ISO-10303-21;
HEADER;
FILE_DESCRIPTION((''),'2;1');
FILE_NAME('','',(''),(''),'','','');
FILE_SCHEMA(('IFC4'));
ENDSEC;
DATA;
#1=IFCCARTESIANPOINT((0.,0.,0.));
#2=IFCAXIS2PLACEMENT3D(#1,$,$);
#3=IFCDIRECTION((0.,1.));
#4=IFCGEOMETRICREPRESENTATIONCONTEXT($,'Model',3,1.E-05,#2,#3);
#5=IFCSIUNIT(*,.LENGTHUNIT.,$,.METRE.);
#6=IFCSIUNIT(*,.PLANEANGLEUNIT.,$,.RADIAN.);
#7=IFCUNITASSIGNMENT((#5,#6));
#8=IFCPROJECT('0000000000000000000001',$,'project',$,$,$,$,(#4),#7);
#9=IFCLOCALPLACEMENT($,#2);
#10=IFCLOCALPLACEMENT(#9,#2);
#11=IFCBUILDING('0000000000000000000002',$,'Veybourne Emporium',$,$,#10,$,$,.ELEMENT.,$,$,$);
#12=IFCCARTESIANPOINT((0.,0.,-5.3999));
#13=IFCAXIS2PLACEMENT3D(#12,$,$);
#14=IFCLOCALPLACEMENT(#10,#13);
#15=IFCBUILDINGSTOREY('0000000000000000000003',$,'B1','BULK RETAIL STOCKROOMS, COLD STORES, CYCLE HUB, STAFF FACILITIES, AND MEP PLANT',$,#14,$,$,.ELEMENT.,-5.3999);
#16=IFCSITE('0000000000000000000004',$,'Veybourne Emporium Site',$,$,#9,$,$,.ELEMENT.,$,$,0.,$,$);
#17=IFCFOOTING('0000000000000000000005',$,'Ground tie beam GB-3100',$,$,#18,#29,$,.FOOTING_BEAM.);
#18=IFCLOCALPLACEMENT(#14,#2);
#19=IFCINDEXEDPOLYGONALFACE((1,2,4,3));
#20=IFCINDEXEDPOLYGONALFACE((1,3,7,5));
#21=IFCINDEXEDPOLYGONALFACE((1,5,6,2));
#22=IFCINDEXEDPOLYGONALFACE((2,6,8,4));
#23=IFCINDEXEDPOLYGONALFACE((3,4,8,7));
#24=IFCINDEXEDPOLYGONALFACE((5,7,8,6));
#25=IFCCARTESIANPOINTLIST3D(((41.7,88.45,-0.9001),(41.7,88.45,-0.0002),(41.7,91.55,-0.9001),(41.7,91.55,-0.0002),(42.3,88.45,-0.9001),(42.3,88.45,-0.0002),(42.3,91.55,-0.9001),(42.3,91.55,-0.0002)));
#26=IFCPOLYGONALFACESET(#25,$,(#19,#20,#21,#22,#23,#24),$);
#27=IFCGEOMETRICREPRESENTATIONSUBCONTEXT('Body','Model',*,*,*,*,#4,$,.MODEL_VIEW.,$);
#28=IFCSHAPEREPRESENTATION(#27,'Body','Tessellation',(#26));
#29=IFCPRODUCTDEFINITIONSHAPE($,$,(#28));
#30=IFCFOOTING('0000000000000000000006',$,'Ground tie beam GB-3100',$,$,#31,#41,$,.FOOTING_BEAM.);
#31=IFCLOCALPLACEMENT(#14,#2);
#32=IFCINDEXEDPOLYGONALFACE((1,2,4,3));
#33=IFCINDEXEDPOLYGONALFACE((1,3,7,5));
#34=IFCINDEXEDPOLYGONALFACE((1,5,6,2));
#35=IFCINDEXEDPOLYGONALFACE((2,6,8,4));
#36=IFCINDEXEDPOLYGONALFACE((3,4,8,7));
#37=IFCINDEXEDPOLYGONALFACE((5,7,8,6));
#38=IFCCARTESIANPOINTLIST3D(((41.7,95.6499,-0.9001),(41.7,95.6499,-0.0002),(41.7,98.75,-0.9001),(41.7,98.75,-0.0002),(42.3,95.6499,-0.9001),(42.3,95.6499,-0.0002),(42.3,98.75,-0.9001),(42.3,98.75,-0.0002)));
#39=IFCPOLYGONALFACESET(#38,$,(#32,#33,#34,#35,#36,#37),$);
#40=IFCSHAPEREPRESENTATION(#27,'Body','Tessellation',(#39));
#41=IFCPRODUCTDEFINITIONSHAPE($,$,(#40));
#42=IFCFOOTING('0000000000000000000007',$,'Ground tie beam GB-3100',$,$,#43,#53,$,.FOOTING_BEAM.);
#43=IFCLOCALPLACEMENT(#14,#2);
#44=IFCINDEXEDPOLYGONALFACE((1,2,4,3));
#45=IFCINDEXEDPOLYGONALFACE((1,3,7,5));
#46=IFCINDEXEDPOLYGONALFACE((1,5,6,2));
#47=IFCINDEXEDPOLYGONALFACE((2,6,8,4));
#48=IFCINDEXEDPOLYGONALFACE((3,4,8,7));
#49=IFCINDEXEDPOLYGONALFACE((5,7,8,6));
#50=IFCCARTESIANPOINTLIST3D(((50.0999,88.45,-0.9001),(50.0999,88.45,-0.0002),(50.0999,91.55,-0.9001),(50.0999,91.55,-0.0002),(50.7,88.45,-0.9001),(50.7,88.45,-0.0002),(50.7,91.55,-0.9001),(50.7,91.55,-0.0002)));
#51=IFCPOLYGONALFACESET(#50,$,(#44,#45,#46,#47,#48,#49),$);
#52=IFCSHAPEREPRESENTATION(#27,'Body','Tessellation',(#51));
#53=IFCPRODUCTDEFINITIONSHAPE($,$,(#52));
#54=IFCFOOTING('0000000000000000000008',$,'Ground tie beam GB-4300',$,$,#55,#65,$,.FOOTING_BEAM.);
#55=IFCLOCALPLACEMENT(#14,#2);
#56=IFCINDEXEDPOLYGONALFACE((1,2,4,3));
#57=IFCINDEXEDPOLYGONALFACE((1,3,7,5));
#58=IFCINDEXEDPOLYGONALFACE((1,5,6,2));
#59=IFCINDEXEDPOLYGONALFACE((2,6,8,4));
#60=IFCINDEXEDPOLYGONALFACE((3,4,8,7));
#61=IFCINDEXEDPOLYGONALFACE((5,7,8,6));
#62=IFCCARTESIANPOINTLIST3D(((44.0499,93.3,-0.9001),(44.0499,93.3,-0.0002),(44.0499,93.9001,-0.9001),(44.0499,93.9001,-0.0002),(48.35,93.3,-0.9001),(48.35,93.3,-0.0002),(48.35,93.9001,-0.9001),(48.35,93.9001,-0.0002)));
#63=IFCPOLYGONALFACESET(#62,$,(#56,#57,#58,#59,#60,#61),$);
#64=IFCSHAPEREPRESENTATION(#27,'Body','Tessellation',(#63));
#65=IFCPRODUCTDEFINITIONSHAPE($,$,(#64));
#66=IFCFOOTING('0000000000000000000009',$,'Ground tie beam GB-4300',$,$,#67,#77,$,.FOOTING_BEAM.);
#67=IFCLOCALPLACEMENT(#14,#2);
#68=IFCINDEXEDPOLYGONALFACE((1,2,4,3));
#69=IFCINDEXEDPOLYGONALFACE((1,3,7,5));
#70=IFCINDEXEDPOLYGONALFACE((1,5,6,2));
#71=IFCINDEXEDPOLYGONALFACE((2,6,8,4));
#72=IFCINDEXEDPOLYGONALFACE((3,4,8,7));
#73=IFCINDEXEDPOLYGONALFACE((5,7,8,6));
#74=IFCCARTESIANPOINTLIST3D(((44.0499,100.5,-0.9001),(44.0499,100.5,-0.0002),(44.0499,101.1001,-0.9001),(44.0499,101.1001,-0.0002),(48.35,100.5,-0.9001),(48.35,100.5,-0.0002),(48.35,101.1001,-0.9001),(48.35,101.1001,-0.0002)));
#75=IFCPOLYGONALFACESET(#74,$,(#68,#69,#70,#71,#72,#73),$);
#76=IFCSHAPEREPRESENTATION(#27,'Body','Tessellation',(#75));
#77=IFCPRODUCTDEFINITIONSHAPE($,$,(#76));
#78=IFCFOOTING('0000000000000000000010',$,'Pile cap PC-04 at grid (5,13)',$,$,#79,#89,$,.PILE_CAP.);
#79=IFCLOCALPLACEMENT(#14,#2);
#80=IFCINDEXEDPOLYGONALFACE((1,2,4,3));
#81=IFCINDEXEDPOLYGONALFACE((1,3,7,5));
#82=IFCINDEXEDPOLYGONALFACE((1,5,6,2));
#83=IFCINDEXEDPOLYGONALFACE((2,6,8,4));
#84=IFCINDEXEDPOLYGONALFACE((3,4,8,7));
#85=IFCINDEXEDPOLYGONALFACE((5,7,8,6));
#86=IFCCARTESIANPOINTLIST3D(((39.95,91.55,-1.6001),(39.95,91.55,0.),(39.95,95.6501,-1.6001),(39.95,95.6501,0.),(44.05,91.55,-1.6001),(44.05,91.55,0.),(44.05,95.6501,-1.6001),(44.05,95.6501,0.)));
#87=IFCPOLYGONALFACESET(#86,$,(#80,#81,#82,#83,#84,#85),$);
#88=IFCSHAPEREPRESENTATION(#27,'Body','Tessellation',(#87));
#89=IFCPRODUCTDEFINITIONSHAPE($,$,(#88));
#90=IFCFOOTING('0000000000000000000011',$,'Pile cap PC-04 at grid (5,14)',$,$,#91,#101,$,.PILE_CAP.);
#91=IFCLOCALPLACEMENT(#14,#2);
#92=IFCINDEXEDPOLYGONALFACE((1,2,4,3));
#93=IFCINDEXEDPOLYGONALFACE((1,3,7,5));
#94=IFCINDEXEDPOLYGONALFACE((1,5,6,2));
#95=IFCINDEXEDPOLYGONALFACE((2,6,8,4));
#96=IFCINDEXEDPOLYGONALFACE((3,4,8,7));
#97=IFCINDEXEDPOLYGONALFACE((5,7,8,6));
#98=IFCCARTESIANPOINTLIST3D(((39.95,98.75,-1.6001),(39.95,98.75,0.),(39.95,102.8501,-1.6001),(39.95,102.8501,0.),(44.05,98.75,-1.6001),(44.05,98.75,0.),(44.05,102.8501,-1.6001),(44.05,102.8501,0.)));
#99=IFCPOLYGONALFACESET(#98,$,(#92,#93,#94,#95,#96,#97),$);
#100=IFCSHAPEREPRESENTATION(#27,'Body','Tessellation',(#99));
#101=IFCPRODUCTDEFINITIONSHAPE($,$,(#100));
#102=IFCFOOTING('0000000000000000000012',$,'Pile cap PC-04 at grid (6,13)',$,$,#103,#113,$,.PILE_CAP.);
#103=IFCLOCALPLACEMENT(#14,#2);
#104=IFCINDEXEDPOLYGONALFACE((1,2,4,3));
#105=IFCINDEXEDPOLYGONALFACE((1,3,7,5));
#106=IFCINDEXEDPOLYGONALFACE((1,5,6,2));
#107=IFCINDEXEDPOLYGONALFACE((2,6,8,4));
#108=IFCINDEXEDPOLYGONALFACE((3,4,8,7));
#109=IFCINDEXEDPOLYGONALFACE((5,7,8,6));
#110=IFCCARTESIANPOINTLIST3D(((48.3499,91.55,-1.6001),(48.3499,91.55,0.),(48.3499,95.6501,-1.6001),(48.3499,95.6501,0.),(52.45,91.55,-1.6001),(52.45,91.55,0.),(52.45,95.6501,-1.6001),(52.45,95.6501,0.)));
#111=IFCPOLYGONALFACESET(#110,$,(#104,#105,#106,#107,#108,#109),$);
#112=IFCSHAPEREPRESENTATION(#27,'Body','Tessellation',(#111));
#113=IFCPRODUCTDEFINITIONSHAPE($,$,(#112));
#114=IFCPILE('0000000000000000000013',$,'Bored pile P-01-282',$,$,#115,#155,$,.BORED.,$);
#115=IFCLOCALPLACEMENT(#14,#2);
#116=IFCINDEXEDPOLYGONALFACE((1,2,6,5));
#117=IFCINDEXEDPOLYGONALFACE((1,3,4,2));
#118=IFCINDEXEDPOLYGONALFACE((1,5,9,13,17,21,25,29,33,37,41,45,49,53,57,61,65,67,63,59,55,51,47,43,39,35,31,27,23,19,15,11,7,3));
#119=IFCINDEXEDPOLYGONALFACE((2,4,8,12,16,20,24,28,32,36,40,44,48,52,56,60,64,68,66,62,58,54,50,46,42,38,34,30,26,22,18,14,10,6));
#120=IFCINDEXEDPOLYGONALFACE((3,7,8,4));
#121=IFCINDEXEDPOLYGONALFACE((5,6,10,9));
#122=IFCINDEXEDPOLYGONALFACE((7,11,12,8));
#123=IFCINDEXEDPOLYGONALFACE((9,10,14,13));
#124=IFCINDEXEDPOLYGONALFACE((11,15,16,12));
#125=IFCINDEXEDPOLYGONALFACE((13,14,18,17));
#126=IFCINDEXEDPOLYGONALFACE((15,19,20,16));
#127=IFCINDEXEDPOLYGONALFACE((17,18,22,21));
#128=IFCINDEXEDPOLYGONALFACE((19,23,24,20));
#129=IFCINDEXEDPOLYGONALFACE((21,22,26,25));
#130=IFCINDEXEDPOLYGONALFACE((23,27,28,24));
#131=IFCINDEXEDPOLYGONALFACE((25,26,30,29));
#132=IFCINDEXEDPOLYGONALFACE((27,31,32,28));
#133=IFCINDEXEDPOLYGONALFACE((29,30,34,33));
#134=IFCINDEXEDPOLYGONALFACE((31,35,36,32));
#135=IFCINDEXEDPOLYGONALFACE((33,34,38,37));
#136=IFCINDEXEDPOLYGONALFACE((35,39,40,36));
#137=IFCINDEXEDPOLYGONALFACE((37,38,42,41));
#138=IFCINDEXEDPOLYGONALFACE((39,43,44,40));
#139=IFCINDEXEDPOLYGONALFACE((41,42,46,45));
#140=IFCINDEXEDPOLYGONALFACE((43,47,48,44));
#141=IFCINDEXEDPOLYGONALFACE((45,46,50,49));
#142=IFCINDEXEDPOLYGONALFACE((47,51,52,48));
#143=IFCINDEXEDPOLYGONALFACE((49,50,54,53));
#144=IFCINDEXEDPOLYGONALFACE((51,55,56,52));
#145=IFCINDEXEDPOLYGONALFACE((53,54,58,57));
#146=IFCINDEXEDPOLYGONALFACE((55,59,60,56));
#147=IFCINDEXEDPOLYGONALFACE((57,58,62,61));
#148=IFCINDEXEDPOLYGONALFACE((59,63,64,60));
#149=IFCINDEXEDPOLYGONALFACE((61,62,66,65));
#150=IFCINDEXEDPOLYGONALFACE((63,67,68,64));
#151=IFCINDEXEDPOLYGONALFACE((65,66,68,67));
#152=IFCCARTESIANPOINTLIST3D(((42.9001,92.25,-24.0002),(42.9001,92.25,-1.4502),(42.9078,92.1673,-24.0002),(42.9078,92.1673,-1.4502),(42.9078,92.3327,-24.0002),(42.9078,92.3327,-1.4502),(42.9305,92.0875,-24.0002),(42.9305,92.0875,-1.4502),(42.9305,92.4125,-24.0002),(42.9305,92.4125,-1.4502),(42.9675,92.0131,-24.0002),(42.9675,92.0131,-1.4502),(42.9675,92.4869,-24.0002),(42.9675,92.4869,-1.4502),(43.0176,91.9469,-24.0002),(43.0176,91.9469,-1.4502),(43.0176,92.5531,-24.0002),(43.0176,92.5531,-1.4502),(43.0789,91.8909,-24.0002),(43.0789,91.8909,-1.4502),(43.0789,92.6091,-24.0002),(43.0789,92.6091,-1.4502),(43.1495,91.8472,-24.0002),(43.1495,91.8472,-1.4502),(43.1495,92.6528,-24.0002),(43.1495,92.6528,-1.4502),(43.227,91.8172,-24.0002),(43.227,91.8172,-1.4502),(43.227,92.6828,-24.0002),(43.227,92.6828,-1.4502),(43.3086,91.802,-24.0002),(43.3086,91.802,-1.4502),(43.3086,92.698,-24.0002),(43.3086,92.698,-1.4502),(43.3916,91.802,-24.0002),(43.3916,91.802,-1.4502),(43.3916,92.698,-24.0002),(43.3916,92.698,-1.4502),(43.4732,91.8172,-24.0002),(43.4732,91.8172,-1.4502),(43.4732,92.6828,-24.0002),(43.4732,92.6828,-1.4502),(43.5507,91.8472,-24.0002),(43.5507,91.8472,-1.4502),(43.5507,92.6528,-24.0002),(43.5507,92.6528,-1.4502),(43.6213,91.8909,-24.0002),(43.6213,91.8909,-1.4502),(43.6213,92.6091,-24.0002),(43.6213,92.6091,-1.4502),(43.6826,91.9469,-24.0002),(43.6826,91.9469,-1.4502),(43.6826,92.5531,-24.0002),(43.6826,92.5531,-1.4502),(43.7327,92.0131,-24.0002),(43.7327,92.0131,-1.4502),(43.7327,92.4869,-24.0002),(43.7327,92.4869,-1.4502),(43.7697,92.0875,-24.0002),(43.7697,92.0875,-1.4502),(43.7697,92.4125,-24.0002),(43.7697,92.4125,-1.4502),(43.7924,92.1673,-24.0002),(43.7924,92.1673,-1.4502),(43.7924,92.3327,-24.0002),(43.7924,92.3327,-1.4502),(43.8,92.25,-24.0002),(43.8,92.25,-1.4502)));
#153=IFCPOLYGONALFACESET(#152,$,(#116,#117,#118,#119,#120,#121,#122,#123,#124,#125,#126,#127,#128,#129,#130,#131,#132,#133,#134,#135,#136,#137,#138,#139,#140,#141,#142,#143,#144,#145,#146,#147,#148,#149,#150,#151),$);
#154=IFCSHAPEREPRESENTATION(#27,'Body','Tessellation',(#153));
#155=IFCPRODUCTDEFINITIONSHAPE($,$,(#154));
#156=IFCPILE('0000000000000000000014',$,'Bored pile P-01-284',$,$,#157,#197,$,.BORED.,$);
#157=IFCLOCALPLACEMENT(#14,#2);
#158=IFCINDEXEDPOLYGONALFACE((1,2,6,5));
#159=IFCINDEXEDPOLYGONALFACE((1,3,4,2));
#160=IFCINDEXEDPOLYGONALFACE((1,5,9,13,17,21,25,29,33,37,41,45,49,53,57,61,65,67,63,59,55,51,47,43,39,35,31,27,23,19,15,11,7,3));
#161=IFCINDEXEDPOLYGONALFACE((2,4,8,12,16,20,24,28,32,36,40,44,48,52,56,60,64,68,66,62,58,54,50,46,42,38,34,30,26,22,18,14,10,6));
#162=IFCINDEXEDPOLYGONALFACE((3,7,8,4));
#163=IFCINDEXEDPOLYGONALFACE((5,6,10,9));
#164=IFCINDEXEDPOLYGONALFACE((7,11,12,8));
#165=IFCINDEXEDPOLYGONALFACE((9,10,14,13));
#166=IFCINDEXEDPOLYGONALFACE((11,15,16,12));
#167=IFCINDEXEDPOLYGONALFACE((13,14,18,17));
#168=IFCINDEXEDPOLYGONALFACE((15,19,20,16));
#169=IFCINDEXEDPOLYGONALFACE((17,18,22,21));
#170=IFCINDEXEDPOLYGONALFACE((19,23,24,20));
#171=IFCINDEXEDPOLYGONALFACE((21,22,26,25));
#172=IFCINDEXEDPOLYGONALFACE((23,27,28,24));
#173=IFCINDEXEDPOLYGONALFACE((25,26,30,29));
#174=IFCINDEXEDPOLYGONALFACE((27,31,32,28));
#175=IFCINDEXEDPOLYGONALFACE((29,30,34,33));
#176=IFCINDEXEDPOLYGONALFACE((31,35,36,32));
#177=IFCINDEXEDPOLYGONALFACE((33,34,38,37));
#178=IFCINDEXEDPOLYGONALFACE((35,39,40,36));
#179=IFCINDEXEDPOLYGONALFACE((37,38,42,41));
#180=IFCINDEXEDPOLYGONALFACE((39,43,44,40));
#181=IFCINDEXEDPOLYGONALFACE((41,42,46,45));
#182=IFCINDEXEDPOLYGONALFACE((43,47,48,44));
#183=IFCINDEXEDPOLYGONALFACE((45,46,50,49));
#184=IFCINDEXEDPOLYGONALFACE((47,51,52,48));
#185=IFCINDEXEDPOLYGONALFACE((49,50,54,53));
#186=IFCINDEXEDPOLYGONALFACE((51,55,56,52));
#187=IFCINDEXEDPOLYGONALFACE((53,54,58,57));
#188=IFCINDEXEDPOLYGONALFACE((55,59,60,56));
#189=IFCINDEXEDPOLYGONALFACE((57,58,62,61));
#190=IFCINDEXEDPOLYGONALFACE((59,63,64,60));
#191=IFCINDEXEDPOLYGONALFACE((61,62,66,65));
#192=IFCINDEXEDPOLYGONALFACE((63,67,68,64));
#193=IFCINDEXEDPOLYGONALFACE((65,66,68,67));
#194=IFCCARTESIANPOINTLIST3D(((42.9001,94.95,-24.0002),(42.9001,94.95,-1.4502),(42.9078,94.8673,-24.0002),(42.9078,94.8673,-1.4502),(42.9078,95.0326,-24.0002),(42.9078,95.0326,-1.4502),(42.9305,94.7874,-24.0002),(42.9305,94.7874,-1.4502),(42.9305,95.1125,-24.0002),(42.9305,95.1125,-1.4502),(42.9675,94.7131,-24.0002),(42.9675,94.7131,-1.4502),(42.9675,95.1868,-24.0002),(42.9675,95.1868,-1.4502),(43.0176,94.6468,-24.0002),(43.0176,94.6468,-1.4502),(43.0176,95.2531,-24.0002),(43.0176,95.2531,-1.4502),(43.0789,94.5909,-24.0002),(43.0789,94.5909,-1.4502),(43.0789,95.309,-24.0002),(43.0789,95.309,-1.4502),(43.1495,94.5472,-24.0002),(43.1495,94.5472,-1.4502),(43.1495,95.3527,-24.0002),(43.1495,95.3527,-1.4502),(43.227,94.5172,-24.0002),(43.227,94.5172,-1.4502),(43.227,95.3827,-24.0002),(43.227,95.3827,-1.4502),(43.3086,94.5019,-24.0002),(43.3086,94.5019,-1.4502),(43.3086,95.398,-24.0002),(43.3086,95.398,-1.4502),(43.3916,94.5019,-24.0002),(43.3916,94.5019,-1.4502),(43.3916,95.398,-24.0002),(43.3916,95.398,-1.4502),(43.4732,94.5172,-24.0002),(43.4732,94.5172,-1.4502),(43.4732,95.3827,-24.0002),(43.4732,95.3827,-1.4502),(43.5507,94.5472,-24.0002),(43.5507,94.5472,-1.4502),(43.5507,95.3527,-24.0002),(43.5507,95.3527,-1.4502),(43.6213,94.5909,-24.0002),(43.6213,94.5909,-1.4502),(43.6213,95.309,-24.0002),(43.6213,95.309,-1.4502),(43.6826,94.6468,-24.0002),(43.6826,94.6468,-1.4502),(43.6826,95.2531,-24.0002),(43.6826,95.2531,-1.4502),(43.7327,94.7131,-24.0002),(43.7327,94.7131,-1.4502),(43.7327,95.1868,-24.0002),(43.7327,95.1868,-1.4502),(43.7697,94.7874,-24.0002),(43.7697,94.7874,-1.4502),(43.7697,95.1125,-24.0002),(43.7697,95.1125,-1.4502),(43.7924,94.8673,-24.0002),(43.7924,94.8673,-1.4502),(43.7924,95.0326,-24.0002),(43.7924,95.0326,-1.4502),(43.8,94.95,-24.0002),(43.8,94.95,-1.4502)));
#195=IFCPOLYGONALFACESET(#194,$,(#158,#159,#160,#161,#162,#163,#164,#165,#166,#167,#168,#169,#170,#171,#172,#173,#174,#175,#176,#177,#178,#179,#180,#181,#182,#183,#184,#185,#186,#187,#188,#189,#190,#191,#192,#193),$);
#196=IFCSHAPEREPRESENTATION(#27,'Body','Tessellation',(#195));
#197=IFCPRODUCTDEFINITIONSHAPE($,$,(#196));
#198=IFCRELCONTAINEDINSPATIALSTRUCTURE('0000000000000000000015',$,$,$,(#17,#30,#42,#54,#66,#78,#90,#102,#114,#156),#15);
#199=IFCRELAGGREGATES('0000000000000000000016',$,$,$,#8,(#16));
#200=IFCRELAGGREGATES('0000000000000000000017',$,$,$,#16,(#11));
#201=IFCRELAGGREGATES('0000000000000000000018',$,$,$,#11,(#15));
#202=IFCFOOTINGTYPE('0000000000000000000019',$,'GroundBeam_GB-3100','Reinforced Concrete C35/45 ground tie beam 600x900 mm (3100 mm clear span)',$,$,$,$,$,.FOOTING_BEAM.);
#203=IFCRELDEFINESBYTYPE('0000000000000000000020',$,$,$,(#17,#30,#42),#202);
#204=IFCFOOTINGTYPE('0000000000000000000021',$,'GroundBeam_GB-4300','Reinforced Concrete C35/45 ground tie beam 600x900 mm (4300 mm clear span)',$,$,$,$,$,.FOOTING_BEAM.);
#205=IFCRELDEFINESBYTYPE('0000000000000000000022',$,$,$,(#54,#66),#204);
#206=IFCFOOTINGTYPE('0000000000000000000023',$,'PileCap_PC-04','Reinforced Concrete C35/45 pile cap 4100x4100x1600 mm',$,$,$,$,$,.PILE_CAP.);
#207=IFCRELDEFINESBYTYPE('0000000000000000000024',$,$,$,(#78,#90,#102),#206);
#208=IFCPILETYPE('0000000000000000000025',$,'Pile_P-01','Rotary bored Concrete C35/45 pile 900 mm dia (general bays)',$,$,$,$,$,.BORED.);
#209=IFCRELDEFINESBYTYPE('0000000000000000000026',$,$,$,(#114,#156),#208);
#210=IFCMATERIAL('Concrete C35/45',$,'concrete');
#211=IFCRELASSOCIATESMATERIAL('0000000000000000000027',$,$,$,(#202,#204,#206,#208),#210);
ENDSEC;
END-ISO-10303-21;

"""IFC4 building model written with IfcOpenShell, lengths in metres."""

from ifc_helpers import new_model, si_unit, direction, frame, origin, origin_2d, place, context, subcontext, project, spatial, rectangle, circle, extrude, material, material_profile, profile_set, type_object, element, save


model = new_model("IFC4")

# Units and contexts
model_context = context("Model", 3, precision=1e-05, world=origin(), true_north=direction((0.0, 1.0)))
body_context = subcontext(model_context, "Body", "Model", "MODEL_VIEW")
ifc_project = project(units=[si_unit("LENGTHUNIT", "METRE"), si_unit("PLANEANGLEUNIT", "RADIAN")], contexts=[model_context])

# Site, building, storey
site_placement = place(None, origin())
site = spatial("IfcSite", under=ifc_project, at=site_placement, Name="Veybourne Emporium Site", CompositionType="ELEMENT", RefElevation=0.0)
building_placement = place(site_placement, origin())
building = spatial("IfcBuilding", under=site, at=building_placement, Name="Veybourne Emporium", CompositionType="ELEMENT")
storey_placement = place(building_placement, frame((0.0, 0.0, -5.3999)))
storey = spatial("IfcBuildingStorey", under=building, at=storey_placement, Name="B1", Description="BULK RETAIL STOCKROOMS, COLD STORES, CYCLE HUB, STAFF FACILITIES, AND MEP PLANT", CompositionType="ELEMENT", Elevation=-5.3999)

# Footings
ifc_material_1 = material(Name="Concrete C35/45", Category="concrete")
footing_type_1 = type_object("IfcFootingType", Name="GroundBeam_GB-3100", Description="Reinforced Concrete C35/45 ground tie beam 600x900 mm (3100 mm clear span)", PredefinedType="FOOTING_BEAM", material=ifc_material_1)
for number, where, z_axis, x_axis, name in (
    (1, (42.0, 90.0, -0.9001), (0.0, 0.0, 1.0), (0.0, 1.0, 0.0), "Ground tie beam GB-3100"),
    (2, (42.0, 97.2, -0.9001), (0.0, 0.0, 1.0), (0.0, 1.0, 0.0), "Ground tie beam GB-3100"),
    (3, (50.3999, 90.0, -0.9001), (0.0, 0.0, 1.0), (0.0, 1.0, 0.0), "Ground tie beam GB-3100"),
):
    element("IfcFooting", number, at=place(storey_placement, frame(where, z_axis=z_axis, x_axis=x_axis)), inside=storey, type_object=footing_type_1, Name=name, PredefinedType="FOOTING_BEAM", context=body_context, shape_type="SweptSolid", body=[
        extrude(rectangle(XDim=3.1001, YDim=0.6001, at=origin_2d()), origin(), (0.0, 0.0, 1.0), 0.8999),
    ])
footing_type_2 = type_object("IfcFootingType", Name="GroundBeam_GB-4300", Description="Reinforced Concrete C35/45 ground tie beam 600x900 mm (4300 mm clear span)", PredefinedType="FOOTING_BEAM", material=ifc_material_1)
for number, where, z_axis, x_axis, name in (
    (4, (46.2, 93.6001, -0.9001), (0.0, 0.0, 1.0), (1.0, 0.0, 0.0), "Ground tie beam GB-4300"),
    (5, (46.2, 100.8, -0.9001), (0.0, 0.0, 1.0), (1.0, 0.0, 0.0), "Ground tie beam GB-4300"),
):
    element("IfcFooting", number, at=place(storey_placement, frame(where, z_axis=z_axis, x_axis=x_axis)), inside=storey, type_object=footing_type_2, Name=name, PredefinedType="FOOTING_BEAM", context=body_context, shape_type="SweptSolid", body=[
        extrude(rectangle(XDim=4.3, YDim=0.6001, at=origin_2d()), origin(), (0.0, 0.0, 1.0), 0.8999),
    ])
footing_type_3 = type_object("IfcFootingType", Name="PileCap_PC-04", Description="Reinforced Concrete C35/45 pile cap 4100x4100x1600 mm", PredefinedType="PILE_CAP", material=ifc_material_1)
for number, where, z_axis, x_axis, name in (
    (6, (42.0, 93.6001, -1.6001), (0.0, 0.0, 1.0), (1.0, 0.0, 0.0), "Pile cap PC-04 at grid (5,13)"),
    (7, (42.0, 100.8, -1.6001), (0.0, 0.0, 1.0), (1.0, 0.0, 0.0), "Pile cap PC-04 at grid (5,14)"),
    (8, (50.3999, 93.6001, -1.6001), (0.0, 0.0, 1.0), (1.0, 0.0, 0.0), "Pile cap PC-04 at grid (6,13)"),
):
    element("IfcFooting", number, at=place(storey_placement, frame(where, z_axis=z_axis, x_axis=x_axis)), inside=storey, type_object=footing_type_3, Name=name, PredefinedType="PILE_CAP", context=body_context, shape_type="SweptSolid", body=[
        extrude(rectangle(XDim=4.1001, YDim=4.1001, at=origin_2d()), origin(), (0.0, 0.0, 1.0), 1.6001),
    ])

# Piles
ifc_material_profile_1 = material_profile(ifc_material_1, circle(Radius=0.45, at=origin_2d()), Name="BORED PILE 900")
ifc_profile_set_1 = profile_set([ifc_material_profile_1], Name="Concrete C35/45")
pile_type = type_object("IfcPileType", Name="Pile_P-01", Description="Rotary bored Concrete C35/45 pile 900 mm dia (general bays)", PredefinedType="BORED", material=ifc_profile_set_1)
for number, where, z_axis, x_axis, name in (
    (9, (43.3501, 92.25, -1.4502), (0.0, 0.0, -1.0), (1.0, 0.0, 0.0), "Bored pile P-01-282"),
    (10, (43.3501, 94.95, -1.4502), (0.0, 0.0, -1.0), (1.0, 0.0, 0.0), "Bored pile P-01-284"),
):
    element("IfcPile", number, at=place(storey_placement, frame(where, z_axis=z_axis, x_axis=x_axis)), inside=storey, type_object=pile_type, Name=name, PredefinedType="BORED", context=body_context, shape_type="SweptSolid", body=[
        extrude(circle(Radius=0.45, at=origin_2d()), origin(), (0.0, 0.0, 1.0), 22.55),
    ])

save(model, "model.ifc")
